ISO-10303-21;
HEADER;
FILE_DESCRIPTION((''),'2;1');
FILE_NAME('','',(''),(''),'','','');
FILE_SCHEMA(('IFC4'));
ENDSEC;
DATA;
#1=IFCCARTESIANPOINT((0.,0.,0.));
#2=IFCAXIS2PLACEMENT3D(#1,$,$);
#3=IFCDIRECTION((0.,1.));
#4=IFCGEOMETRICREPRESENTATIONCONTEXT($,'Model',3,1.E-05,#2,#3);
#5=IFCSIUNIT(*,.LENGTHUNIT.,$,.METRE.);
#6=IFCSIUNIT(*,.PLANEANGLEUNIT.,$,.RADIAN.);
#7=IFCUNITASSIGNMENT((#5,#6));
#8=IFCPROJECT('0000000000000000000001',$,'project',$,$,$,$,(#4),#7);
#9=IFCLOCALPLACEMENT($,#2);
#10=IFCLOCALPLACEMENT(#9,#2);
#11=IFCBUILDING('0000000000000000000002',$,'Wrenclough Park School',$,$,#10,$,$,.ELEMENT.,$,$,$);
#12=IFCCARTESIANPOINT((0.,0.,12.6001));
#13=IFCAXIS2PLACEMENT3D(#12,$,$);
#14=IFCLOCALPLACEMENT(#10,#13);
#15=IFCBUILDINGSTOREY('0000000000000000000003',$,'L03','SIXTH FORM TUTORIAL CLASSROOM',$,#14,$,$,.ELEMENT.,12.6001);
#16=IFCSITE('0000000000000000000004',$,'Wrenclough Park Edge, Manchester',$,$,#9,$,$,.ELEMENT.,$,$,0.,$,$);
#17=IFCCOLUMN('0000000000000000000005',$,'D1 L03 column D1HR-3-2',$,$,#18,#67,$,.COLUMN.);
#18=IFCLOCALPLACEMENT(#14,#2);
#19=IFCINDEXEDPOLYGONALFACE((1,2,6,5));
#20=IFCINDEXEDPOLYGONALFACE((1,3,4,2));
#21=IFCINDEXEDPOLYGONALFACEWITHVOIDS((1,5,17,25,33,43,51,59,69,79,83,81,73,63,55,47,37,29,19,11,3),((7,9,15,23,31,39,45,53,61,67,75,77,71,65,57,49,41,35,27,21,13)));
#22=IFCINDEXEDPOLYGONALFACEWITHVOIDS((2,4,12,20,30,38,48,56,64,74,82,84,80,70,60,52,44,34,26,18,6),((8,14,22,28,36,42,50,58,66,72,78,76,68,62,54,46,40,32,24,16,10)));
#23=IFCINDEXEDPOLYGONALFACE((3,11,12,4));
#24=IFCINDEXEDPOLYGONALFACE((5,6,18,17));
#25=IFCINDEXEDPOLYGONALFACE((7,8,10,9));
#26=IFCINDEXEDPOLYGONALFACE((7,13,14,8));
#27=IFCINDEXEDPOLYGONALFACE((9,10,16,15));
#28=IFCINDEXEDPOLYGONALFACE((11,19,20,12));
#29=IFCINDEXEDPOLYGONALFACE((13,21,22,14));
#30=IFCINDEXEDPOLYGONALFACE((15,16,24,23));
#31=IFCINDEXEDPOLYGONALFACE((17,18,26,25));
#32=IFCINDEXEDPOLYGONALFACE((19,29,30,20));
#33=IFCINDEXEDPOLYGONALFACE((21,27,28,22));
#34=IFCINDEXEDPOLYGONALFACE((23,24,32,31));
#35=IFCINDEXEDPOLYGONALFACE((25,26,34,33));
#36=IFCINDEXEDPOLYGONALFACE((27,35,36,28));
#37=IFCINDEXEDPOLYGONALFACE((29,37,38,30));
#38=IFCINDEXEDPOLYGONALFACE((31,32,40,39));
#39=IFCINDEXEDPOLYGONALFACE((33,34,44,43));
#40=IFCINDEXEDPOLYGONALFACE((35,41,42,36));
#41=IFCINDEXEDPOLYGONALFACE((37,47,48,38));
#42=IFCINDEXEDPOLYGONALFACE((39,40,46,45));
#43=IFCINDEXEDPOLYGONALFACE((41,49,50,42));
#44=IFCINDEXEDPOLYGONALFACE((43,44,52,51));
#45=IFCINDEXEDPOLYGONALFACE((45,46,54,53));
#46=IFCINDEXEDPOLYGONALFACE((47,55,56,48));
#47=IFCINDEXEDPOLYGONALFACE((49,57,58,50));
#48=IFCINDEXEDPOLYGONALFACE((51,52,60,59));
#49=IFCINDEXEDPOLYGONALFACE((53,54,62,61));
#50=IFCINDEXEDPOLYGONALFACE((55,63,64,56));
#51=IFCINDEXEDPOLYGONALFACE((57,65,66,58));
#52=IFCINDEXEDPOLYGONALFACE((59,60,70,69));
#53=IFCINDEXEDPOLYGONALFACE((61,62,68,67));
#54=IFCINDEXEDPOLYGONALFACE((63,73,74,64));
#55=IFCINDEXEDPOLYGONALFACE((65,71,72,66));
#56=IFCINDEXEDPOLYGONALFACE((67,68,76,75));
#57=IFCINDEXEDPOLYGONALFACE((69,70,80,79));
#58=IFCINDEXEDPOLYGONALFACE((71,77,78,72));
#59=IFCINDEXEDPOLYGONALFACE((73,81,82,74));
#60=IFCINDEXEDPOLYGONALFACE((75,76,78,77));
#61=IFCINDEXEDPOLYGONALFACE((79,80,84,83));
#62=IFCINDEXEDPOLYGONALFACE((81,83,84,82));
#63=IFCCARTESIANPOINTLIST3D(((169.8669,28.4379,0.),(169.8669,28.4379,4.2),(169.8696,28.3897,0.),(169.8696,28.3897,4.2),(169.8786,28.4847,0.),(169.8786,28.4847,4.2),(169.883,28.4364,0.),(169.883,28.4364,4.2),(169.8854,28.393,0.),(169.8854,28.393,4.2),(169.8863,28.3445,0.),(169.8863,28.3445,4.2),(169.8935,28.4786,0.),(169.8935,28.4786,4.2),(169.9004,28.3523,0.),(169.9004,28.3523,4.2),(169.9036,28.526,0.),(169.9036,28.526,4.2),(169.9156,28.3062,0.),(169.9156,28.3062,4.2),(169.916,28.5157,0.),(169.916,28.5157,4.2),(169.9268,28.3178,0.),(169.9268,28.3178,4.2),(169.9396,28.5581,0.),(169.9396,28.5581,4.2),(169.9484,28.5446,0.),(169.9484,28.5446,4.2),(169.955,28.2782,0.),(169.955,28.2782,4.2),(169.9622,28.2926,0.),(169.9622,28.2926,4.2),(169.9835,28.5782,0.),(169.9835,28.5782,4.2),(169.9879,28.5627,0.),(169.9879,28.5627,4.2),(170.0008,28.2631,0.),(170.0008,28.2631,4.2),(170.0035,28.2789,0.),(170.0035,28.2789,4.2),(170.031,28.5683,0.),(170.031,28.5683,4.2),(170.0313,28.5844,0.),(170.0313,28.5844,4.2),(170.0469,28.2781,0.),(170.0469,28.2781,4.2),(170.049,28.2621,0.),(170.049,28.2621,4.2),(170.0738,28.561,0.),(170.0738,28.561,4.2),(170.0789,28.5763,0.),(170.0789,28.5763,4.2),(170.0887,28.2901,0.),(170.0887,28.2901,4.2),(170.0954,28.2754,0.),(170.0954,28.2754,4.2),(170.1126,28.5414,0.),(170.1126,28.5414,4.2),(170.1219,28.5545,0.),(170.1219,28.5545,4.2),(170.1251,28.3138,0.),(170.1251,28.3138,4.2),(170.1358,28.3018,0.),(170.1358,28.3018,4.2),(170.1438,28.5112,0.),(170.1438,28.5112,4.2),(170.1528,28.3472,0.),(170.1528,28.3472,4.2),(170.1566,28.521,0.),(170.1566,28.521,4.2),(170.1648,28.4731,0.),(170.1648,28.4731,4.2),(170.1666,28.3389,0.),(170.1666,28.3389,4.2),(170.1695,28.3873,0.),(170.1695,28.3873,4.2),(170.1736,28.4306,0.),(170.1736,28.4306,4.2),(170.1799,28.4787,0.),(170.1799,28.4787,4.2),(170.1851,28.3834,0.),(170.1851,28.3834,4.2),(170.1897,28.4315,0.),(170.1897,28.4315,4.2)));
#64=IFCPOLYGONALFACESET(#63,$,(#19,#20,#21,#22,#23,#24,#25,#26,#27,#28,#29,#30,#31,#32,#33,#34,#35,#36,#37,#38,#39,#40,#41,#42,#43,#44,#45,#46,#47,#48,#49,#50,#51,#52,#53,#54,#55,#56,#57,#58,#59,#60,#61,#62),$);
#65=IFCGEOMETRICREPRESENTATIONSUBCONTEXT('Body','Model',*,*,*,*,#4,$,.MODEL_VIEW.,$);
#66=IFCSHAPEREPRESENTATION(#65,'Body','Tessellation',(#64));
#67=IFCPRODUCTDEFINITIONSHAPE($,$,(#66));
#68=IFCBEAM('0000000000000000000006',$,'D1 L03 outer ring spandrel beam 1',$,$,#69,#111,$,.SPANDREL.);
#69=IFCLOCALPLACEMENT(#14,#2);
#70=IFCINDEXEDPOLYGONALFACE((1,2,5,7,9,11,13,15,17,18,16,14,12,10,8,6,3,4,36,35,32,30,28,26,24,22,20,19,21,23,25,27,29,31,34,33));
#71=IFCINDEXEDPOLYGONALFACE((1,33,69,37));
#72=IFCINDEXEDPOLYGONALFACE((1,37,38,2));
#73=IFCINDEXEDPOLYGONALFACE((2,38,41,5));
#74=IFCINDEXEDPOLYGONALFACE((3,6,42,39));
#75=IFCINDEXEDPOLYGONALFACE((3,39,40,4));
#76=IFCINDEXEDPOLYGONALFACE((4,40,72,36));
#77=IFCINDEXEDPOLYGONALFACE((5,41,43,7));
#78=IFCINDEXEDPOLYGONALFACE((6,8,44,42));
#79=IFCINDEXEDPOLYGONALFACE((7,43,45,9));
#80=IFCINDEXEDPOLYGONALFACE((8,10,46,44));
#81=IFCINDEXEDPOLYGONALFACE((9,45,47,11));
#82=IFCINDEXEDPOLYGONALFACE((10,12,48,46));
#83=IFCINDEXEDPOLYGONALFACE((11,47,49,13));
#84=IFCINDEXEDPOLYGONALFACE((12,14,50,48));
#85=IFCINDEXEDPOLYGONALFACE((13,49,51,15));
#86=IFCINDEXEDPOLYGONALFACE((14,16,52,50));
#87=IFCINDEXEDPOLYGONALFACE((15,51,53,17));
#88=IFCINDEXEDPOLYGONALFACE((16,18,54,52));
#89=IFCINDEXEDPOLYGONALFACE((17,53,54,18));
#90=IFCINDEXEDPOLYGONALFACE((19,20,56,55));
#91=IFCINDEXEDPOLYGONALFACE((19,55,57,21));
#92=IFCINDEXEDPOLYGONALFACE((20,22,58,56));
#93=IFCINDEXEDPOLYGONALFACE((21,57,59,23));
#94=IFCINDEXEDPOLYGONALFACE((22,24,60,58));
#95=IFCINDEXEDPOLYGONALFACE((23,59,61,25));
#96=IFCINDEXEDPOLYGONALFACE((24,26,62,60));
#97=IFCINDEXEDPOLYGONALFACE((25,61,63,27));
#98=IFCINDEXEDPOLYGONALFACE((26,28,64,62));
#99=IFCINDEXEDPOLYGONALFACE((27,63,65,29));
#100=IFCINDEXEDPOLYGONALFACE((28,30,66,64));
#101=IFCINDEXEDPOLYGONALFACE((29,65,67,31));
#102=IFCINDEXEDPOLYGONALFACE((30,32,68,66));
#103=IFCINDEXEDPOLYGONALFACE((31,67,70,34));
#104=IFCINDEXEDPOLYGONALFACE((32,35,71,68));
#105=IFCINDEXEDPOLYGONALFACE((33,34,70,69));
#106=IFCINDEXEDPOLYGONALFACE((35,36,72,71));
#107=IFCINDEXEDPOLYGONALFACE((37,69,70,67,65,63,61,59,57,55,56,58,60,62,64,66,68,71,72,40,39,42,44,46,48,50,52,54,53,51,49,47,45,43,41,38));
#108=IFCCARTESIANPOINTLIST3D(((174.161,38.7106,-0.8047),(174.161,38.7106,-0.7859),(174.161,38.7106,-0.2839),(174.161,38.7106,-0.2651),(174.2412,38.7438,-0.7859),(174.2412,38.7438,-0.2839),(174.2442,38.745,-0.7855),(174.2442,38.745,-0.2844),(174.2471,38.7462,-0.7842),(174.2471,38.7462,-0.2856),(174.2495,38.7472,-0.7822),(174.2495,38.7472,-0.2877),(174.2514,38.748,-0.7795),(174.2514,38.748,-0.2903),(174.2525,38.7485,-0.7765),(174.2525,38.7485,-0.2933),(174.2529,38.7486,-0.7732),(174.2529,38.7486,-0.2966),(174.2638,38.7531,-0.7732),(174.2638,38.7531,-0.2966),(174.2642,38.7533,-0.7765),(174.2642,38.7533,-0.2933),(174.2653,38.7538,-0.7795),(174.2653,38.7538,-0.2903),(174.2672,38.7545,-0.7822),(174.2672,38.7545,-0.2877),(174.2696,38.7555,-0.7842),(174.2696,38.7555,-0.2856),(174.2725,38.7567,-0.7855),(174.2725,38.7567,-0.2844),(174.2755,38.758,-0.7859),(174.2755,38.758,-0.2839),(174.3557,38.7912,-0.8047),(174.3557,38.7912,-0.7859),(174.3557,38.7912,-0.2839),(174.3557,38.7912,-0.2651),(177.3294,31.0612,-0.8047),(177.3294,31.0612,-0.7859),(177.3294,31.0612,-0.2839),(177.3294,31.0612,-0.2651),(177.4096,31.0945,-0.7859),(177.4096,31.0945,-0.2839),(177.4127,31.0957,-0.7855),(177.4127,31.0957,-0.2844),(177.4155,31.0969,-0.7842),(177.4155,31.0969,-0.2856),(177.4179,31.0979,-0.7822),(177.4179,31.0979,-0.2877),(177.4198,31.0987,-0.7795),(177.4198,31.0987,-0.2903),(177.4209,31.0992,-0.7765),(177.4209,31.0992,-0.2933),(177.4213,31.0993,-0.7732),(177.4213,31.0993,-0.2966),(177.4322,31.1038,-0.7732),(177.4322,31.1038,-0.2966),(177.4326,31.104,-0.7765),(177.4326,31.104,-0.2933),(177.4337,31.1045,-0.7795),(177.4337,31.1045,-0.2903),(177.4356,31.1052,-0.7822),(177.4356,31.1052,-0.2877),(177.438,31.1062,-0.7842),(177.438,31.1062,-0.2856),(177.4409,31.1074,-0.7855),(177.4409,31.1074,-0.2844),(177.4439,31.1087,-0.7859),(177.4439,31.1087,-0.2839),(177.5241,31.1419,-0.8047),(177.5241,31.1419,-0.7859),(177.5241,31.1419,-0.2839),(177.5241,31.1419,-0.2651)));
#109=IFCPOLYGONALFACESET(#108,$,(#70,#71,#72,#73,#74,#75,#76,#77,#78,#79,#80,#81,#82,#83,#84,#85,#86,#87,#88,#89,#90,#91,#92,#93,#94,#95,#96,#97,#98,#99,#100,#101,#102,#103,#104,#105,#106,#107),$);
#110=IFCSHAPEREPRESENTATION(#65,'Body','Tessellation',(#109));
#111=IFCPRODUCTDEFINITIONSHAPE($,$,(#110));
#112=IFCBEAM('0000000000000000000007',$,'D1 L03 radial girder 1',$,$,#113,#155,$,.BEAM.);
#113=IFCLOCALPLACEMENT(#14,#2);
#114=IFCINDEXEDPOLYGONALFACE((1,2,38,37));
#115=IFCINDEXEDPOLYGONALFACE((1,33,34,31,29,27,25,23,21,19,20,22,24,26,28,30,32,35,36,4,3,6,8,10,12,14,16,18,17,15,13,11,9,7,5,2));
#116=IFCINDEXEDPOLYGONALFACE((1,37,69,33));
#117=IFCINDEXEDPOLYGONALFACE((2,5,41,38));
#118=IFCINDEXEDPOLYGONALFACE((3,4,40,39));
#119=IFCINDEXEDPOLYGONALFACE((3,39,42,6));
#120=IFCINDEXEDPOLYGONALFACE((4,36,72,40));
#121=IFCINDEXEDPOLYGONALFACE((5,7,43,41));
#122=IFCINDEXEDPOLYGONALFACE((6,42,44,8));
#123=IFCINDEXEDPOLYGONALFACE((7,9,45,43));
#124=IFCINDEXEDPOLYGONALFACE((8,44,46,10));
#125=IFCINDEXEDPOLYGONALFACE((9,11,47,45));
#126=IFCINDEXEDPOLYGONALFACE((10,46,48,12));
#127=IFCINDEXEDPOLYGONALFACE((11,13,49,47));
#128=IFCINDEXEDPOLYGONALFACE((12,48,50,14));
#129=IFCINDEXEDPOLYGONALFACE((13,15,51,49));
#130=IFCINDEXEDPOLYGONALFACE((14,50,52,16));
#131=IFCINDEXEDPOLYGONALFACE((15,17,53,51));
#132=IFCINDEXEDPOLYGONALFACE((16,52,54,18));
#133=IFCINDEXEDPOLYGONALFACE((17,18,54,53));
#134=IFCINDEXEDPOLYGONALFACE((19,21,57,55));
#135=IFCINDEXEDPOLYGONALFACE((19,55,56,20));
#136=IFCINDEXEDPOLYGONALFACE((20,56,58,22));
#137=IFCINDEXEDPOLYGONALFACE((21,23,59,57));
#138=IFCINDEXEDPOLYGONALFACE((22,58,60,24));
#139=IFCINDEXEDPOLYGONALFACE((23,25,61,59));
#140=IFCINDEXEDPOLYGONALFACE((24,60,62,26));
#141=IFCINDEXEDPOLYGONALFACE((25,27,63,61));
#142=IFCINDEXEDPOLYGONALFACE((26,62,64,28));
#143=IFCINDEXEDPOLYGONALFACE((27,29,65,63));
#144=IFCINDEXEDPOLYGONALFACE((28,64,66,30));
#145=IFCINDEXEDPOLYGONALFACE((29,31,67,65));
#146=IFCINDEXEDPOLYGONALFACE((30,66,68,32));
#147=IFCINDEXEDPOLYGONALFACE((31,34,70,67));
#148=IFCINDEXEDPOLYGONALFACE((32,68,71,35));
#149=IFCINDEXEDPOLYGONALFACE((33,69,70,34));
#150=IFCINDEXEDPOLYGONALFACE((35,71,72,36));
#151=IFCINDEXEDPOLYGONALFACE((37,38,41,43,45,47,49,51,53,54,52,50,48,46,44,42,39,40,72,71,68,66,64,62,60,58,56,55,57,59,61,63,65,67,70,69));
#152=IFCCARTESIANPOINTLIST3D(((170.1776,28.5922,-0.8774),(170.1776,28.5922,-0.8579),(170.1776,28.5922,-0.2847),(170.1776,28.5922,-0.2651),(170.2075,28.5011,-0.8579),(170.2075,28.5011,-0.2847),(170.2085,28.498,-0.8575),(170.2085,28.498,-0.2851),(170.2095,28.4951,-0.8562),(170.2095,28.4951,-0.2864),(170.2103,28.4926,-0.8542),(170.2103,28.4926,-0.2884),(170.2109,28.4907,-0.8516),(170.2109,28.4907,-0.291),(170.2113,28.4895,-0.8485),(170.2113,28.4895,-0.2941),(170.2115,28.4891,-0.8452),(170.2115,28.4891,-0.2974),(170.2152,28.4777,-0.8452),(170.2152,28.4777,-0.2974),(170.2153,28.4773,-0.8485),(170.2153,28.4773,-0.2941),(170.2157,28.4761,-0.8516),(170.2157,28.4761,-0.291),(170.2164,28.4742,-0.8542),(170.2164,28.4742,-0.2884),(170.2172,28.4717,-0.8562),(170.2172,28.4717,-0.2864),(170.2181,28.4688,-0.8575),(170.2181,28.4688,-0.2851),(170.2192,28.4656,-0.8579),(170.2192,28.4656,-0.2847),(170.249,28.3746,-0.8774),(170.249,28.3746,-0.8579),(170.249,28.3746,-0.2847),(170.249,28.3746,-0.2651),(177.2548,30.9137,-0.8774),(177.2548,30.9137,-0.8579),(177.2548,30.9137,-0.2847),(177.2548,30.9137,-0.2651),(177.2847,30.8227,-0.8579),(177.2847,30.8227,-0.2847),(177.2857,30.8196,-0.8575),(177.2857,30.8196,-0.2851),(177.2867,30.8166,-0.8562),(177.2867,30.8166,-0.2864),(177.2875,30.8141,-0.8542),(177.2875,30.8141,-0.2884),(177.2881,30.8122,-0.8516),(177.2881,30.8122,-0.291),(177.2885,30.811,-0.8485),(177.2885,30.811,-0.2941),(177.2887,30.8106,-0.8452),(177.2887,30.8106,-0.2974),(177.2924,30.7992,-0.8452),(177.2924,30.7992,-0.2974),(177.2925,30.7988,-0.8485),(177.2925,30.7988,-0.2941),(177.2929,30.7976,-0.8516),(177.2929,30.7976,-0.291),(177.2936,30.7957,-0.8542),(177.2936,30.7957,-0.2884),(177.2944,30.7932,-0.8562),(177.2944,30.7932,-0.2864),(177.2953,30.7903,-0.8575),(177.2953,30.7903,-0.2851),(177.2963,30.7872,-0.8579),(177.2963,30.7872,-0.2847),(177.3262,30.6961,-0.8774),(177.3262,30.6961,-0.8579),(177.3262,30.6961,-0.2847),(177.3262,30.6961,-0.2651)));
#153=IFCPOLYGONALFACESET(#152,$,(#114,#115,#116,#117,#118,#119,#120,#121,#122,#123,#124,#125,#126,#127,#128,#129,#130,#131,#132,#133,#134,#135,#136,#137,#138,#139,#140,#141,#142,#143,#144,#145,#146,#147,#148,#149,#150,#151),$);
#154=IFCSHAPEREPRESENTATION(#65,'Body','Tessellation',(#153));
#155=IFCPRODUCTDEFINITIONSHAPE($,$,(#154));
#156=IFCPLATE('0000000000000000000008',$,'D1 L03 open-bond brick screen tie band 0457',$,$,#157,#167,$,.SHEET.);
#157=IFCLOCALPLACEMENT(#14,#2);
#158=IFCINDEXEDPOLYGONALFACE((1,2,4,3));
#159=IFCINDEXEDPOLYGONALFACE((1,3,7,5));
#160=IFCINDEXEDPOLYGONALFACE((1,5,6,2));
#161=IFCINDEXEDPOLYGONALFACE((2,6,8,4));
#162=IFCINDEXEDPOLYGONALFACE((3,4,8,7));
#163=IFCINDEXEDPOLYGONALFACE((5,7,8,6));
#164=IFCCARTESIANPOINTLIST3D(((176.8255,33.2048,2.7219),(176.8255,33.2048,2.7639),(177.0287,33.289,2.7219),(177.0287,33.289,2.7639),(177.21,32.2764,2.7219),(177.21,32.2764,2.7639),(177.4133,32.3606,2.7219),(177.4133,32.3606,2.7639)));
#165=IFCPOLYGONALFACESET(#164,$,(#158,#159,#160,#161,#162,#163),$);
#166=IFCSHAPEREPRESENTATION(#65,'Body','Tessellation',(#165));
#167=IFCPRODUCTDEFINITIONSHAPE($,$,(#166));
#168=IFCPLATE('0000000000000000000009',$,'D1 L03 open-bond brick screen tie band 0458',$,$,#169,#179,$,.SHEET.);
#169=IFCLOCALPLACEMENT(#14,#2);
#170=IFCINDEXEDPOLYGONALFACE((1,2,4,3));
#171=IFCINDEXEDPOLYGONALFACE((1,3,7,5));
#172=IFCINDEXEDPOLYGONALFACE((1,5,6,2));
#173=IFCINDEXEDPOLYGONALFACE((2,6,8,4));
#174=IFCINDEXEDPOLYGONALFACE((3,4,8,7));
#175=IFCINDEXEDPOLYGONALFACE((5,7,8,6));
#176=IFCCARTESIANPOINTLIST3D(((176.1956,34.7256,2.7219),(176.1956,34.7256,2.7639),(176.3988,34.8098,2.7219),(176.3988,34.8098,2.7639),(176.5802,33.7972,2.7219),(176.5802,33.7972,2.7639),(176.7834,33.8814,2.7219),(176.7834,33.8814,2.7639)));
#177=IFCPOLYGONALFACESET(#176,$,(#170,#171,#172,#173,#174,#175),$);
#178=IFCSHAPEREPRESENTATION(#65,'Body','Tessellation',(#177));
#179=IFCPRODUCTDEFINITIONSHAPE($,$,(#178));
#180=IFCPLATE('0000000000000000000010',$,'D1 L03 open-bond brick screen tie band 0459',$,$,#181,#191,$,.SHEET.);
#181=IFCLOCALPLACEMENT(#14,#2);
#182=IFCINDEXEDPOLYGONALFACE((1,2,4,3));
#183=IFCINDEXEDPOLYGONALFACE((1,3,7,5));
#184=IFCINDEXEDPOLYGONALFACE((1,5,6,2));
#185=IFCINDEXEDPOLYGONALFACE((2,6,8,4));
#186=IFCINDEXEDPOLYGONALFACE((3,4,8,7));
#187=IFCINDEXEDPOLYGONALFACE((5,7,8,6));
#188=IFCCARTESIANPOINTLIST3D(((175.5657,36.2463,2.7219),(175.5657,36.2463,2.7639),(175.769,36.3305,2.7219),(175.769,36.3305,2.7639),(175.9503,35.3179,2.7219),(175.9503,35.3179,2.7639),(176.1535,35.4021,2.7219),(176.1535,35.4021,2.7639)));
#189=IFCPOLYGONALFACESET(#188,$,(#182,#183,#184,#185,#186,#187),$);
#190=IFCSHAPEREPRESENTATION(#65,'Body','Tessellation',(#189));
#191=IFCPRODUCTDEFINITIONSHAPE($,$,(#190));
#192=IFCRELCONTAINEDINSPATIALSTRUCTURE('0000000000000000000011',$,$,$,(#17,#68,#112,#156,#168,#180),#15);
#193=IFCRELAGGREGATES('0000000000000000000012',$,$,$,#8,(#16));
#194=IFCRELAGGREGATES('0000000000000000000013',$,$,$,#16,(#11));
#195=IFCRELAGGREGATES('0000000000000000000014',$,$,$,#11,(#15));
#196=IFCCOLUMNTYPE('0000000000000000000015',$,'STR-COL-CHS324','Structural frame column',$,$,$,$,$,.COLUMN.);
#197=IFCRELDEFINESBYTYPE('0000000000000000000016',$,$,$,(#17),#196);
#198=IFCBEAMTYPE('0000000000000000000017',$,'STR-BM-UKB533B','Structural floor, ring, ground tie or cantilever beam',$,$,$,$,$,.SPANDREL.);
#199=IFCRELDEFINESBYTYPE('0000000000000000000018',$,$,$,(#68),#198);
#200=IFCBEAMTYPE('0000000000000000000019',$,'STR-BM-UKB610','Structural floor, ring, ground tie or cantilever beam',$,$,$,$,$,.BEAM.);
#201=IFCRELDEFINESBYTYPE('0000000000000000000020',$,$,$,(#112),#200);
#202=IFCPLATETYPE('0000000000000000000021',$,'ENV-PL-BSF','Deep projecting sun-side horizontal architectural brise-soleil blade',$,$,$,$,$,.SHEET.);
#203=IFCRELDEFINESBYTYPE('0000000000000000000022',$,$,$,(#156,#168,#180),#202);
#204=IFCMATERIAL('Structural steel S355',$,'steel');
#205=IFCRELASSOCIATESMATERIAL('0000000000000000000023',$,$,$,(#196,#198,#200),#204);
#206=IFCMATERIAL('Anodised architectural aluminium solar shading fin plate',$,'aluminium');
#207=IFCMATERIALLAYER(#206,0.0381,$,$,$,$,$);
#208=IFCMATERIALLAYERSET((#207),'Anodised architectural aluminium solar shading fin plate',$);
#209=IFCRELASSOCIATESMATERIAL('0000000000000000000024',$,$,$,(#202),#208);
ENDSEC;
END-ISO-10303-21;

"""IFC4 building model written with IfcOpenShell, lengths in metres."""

from ifc_helpers import new_model, si_unit, direction, frame, origin, origin_2d, place, context, subcontext, project, spatial, rectangle, hollow_circle, i_section, extrude, material, layer, layer_set, material_profile, profile_set, type_object, element, save


model = new_model("IFC4")

# Units and contexts
model_context = context("Model", 3, precision=1e-05, world=origin(), true_north=direction((0.0, 1.0)))
body_context = subcontext(model_context, "Body", "Model", "MODEL_VIEW")
ifc_project = project(units=[si_unit("LENGTHUNIT", "METRE"), si_unit("PLANEANGLEUNIT", "RADIAN")], contexts=[model_context])

# Site, building, storey
site_placement = place(None, origin())
site = spatial("IfcSite", under=ifc_project, at=site_placement, Name="Wrenclough Park Edge, Manchester", CompositionType="ELEMENT", RefElevation=0.0)
building_placement = place(site_placement, origin())
building = spatial("IfcBuilding", under=site, at=building_placement, Name="Wrenclough Park School", CompositionType="ELEMENT")
storey_placement = place(building_placement, frame((0.0, 0.0, 12.6001)))
storey = spatial("IfcBuildingStorey", under=building, at=storey_placement, Name="L03", Description="SIXTH FORM TUTORIAL CLASSROOM", CompositionType="ELEMENT", Elevation=12.6001)

# Column
ifc_material_1 = material(Name="Structural steel S355", Category="steel")
ifc_material_profile_1 = material_profile(ifc_material_1, hollow_circle(Radius=0.1619, WallThickness=0.0161, at=origin_2d()), Name="CHS 323.9x16.0")
ifc_profile_set_1 = profile_set([ifc_material_profile_1], Name="Structural steel S355")
column_type_1 = type_object("IfcColumnType", Name="STR-COL-CHS324", Description="Structural frame column", PredefinedType="COLUMN", material=ifc_profile_set_1)
column_1_placement = place(storey_placement, frame((170.0281, 28.4226, 0.0), z_axis=(0.0, 0.0, 1.0), x_axis=(0.970296, -0.241922, 0.0)))
element("IfcColumn", 1, at=column_1_placement, inside=storey, type_object=column_type_1, Name="D1 L03 column D1HR-3-2", PredefinedType="COLUMN", context=body_context, shape_type="SweptSolid", body=[
    extrude(hollow_circle(Radius=0.1619, WallThickness=0.0161, at=origin_2d()), origin(), (0.0, 0.0, 1.0), 4.2),
])

# Beams
ifc_material_profile_2 = material_profile(ifc_material_1, i_section(OverallWidth=0.2107, OverallDepth=0.5396, WebThickness=0.0117, FlangeThickness=0.0188, FilletRadius=0.0127, at=origin_2d()), Name="UKB 533x210x109")
ifc_profile_set_2 = profile_set([ifc_material_profile_2], Name="Structural steel S355")
beam_type_1 = type_object("IfcBeamType", Name="STR-BM-UKB533B", Description="Structural floor, ring, ground tie or cantilever beam", PredefinedType="SPANDREL", material=ifc_profile_set_2)
beam_1_placement = place(storey_placement, frame((177.4268, 31.1016, -0.5349), z_axis=(-0.38268, 0.923881, 0.0), x_axis=(-0.923881, -0.38268, 0.0)))
element("IfcBeam", 2, at=beam_1_placement, inside=storey, type_object=beam_type_1, Name="D1 L03 outer ring spandrel beam 1", PredefinedType="SPANDREL", context=body_context, shape_type="SweptSolid", body=[
    extrude(i_section(OverallWidth=0.2107, OverallDepth=0.5396, WebThickness=0.0117, FlangeThickness=0.0188, FilletRadius=0.0127, at=origin_2d()), origin(), (0.0, 0.0, 1.0), 8.2795),
])
ifc_material_profile_3 = material_profile(ifc_material_1, i_section(OverallWidth=0.229, OverallDepth=0.6123, WebThickness=0.012, FlangeThickness=0.0195, FilletRadius=0.0127, at=origin_2d()), Name="UKB 610x229x125")
ifc_profile_set_3 = profile_set([ifc_material_profile_3], Name="Structural steel S355")
beam_type_2 = type_object("IfcBeamType", Name="STR-BM-UKB610", Description="Structural floor, ring, ground tie or cantilever beam", PredefinedType="BEAM", material=ifc_profile_set_3)
beam_2_placement = place(storey_placement, frame((177.2905, 30.8049, -0.5713), z_axis=(-0.950184, -0.311691, 0.0), x_axis=(0.311691, -0.950184, 0.0)))
element("IfcBeam", 3, at=beam_2_placement, inside=storey, type_object=beam_type_2, Name="D1 L03 radial girder 1", PredefinedType="BEAM", context=body_context, shape_type="SweptSolid", body=[
    extrude(i_section(OverallWidth=0.229, OverallDepth=0.6123, WebThickness=0.012, FlangeThickness=0.0195, FilletRadius=0.0127, at=origin_2d()), origin(), (0.0, 0.0, 1.0), 7.4482),
])

# Plates
ifc_material_2 = material(Name="Anodised architectural aluminium solar shading fin plate", Category="aluminium")
ifc_layer_1 = layer(ifc_material_2, 0.0381)
ifc_layer_set_1 = layer_set([ifc_layer_1], Name="Anodised architectural aluminium solar shading fin plate")
plate_type = type_object("IfcPlateType", Name="ENV-PL-BSF", Description="Deep projecting sun-side horizontal architectural brise-soleil blade", PredefinedType="SHEET", material=ifc_layer_set_1)
for number, where, z_axis, x_axis, name in (
    (4, (177.1194, 32.7827, 2.7219), (0.0, 0.0, 1.0), (-0.382684, 0.923879, 0.0), "D1 L03 open-bond brick screen tie band 0457"),
    (5, (176.4895, 34.3035, 2.7219), (0.0, 0.0, 1.0), (-0.382684, 0.923879, 0.0), "D1 L03 open-bond brick screen tie band 0458"),
    (6, (175.8596, 35.8242, 2.7219), (0.0, 0.0, 1.0), (-0.382684, 0.923879, 0.0), "D1 L03 open-bond brick screen tie band 0459"),
):
    element("IfcPlate", number, at=place(storey_placement, frame(where, z_axis=z_axis, x_axis=x_axis)), inside=storey, type_object=plate_type, Name=name, PredefinedType="SHEET", context=body_context, shape_type="SweptSolid", body=[
        extrude(rectangle(XDim=1.0049, YDim=0.22, at=origin_2d()), origin(), (0.0, 0.0, 1.0), 0.042),
    ])

save(model, "model.ifc")
